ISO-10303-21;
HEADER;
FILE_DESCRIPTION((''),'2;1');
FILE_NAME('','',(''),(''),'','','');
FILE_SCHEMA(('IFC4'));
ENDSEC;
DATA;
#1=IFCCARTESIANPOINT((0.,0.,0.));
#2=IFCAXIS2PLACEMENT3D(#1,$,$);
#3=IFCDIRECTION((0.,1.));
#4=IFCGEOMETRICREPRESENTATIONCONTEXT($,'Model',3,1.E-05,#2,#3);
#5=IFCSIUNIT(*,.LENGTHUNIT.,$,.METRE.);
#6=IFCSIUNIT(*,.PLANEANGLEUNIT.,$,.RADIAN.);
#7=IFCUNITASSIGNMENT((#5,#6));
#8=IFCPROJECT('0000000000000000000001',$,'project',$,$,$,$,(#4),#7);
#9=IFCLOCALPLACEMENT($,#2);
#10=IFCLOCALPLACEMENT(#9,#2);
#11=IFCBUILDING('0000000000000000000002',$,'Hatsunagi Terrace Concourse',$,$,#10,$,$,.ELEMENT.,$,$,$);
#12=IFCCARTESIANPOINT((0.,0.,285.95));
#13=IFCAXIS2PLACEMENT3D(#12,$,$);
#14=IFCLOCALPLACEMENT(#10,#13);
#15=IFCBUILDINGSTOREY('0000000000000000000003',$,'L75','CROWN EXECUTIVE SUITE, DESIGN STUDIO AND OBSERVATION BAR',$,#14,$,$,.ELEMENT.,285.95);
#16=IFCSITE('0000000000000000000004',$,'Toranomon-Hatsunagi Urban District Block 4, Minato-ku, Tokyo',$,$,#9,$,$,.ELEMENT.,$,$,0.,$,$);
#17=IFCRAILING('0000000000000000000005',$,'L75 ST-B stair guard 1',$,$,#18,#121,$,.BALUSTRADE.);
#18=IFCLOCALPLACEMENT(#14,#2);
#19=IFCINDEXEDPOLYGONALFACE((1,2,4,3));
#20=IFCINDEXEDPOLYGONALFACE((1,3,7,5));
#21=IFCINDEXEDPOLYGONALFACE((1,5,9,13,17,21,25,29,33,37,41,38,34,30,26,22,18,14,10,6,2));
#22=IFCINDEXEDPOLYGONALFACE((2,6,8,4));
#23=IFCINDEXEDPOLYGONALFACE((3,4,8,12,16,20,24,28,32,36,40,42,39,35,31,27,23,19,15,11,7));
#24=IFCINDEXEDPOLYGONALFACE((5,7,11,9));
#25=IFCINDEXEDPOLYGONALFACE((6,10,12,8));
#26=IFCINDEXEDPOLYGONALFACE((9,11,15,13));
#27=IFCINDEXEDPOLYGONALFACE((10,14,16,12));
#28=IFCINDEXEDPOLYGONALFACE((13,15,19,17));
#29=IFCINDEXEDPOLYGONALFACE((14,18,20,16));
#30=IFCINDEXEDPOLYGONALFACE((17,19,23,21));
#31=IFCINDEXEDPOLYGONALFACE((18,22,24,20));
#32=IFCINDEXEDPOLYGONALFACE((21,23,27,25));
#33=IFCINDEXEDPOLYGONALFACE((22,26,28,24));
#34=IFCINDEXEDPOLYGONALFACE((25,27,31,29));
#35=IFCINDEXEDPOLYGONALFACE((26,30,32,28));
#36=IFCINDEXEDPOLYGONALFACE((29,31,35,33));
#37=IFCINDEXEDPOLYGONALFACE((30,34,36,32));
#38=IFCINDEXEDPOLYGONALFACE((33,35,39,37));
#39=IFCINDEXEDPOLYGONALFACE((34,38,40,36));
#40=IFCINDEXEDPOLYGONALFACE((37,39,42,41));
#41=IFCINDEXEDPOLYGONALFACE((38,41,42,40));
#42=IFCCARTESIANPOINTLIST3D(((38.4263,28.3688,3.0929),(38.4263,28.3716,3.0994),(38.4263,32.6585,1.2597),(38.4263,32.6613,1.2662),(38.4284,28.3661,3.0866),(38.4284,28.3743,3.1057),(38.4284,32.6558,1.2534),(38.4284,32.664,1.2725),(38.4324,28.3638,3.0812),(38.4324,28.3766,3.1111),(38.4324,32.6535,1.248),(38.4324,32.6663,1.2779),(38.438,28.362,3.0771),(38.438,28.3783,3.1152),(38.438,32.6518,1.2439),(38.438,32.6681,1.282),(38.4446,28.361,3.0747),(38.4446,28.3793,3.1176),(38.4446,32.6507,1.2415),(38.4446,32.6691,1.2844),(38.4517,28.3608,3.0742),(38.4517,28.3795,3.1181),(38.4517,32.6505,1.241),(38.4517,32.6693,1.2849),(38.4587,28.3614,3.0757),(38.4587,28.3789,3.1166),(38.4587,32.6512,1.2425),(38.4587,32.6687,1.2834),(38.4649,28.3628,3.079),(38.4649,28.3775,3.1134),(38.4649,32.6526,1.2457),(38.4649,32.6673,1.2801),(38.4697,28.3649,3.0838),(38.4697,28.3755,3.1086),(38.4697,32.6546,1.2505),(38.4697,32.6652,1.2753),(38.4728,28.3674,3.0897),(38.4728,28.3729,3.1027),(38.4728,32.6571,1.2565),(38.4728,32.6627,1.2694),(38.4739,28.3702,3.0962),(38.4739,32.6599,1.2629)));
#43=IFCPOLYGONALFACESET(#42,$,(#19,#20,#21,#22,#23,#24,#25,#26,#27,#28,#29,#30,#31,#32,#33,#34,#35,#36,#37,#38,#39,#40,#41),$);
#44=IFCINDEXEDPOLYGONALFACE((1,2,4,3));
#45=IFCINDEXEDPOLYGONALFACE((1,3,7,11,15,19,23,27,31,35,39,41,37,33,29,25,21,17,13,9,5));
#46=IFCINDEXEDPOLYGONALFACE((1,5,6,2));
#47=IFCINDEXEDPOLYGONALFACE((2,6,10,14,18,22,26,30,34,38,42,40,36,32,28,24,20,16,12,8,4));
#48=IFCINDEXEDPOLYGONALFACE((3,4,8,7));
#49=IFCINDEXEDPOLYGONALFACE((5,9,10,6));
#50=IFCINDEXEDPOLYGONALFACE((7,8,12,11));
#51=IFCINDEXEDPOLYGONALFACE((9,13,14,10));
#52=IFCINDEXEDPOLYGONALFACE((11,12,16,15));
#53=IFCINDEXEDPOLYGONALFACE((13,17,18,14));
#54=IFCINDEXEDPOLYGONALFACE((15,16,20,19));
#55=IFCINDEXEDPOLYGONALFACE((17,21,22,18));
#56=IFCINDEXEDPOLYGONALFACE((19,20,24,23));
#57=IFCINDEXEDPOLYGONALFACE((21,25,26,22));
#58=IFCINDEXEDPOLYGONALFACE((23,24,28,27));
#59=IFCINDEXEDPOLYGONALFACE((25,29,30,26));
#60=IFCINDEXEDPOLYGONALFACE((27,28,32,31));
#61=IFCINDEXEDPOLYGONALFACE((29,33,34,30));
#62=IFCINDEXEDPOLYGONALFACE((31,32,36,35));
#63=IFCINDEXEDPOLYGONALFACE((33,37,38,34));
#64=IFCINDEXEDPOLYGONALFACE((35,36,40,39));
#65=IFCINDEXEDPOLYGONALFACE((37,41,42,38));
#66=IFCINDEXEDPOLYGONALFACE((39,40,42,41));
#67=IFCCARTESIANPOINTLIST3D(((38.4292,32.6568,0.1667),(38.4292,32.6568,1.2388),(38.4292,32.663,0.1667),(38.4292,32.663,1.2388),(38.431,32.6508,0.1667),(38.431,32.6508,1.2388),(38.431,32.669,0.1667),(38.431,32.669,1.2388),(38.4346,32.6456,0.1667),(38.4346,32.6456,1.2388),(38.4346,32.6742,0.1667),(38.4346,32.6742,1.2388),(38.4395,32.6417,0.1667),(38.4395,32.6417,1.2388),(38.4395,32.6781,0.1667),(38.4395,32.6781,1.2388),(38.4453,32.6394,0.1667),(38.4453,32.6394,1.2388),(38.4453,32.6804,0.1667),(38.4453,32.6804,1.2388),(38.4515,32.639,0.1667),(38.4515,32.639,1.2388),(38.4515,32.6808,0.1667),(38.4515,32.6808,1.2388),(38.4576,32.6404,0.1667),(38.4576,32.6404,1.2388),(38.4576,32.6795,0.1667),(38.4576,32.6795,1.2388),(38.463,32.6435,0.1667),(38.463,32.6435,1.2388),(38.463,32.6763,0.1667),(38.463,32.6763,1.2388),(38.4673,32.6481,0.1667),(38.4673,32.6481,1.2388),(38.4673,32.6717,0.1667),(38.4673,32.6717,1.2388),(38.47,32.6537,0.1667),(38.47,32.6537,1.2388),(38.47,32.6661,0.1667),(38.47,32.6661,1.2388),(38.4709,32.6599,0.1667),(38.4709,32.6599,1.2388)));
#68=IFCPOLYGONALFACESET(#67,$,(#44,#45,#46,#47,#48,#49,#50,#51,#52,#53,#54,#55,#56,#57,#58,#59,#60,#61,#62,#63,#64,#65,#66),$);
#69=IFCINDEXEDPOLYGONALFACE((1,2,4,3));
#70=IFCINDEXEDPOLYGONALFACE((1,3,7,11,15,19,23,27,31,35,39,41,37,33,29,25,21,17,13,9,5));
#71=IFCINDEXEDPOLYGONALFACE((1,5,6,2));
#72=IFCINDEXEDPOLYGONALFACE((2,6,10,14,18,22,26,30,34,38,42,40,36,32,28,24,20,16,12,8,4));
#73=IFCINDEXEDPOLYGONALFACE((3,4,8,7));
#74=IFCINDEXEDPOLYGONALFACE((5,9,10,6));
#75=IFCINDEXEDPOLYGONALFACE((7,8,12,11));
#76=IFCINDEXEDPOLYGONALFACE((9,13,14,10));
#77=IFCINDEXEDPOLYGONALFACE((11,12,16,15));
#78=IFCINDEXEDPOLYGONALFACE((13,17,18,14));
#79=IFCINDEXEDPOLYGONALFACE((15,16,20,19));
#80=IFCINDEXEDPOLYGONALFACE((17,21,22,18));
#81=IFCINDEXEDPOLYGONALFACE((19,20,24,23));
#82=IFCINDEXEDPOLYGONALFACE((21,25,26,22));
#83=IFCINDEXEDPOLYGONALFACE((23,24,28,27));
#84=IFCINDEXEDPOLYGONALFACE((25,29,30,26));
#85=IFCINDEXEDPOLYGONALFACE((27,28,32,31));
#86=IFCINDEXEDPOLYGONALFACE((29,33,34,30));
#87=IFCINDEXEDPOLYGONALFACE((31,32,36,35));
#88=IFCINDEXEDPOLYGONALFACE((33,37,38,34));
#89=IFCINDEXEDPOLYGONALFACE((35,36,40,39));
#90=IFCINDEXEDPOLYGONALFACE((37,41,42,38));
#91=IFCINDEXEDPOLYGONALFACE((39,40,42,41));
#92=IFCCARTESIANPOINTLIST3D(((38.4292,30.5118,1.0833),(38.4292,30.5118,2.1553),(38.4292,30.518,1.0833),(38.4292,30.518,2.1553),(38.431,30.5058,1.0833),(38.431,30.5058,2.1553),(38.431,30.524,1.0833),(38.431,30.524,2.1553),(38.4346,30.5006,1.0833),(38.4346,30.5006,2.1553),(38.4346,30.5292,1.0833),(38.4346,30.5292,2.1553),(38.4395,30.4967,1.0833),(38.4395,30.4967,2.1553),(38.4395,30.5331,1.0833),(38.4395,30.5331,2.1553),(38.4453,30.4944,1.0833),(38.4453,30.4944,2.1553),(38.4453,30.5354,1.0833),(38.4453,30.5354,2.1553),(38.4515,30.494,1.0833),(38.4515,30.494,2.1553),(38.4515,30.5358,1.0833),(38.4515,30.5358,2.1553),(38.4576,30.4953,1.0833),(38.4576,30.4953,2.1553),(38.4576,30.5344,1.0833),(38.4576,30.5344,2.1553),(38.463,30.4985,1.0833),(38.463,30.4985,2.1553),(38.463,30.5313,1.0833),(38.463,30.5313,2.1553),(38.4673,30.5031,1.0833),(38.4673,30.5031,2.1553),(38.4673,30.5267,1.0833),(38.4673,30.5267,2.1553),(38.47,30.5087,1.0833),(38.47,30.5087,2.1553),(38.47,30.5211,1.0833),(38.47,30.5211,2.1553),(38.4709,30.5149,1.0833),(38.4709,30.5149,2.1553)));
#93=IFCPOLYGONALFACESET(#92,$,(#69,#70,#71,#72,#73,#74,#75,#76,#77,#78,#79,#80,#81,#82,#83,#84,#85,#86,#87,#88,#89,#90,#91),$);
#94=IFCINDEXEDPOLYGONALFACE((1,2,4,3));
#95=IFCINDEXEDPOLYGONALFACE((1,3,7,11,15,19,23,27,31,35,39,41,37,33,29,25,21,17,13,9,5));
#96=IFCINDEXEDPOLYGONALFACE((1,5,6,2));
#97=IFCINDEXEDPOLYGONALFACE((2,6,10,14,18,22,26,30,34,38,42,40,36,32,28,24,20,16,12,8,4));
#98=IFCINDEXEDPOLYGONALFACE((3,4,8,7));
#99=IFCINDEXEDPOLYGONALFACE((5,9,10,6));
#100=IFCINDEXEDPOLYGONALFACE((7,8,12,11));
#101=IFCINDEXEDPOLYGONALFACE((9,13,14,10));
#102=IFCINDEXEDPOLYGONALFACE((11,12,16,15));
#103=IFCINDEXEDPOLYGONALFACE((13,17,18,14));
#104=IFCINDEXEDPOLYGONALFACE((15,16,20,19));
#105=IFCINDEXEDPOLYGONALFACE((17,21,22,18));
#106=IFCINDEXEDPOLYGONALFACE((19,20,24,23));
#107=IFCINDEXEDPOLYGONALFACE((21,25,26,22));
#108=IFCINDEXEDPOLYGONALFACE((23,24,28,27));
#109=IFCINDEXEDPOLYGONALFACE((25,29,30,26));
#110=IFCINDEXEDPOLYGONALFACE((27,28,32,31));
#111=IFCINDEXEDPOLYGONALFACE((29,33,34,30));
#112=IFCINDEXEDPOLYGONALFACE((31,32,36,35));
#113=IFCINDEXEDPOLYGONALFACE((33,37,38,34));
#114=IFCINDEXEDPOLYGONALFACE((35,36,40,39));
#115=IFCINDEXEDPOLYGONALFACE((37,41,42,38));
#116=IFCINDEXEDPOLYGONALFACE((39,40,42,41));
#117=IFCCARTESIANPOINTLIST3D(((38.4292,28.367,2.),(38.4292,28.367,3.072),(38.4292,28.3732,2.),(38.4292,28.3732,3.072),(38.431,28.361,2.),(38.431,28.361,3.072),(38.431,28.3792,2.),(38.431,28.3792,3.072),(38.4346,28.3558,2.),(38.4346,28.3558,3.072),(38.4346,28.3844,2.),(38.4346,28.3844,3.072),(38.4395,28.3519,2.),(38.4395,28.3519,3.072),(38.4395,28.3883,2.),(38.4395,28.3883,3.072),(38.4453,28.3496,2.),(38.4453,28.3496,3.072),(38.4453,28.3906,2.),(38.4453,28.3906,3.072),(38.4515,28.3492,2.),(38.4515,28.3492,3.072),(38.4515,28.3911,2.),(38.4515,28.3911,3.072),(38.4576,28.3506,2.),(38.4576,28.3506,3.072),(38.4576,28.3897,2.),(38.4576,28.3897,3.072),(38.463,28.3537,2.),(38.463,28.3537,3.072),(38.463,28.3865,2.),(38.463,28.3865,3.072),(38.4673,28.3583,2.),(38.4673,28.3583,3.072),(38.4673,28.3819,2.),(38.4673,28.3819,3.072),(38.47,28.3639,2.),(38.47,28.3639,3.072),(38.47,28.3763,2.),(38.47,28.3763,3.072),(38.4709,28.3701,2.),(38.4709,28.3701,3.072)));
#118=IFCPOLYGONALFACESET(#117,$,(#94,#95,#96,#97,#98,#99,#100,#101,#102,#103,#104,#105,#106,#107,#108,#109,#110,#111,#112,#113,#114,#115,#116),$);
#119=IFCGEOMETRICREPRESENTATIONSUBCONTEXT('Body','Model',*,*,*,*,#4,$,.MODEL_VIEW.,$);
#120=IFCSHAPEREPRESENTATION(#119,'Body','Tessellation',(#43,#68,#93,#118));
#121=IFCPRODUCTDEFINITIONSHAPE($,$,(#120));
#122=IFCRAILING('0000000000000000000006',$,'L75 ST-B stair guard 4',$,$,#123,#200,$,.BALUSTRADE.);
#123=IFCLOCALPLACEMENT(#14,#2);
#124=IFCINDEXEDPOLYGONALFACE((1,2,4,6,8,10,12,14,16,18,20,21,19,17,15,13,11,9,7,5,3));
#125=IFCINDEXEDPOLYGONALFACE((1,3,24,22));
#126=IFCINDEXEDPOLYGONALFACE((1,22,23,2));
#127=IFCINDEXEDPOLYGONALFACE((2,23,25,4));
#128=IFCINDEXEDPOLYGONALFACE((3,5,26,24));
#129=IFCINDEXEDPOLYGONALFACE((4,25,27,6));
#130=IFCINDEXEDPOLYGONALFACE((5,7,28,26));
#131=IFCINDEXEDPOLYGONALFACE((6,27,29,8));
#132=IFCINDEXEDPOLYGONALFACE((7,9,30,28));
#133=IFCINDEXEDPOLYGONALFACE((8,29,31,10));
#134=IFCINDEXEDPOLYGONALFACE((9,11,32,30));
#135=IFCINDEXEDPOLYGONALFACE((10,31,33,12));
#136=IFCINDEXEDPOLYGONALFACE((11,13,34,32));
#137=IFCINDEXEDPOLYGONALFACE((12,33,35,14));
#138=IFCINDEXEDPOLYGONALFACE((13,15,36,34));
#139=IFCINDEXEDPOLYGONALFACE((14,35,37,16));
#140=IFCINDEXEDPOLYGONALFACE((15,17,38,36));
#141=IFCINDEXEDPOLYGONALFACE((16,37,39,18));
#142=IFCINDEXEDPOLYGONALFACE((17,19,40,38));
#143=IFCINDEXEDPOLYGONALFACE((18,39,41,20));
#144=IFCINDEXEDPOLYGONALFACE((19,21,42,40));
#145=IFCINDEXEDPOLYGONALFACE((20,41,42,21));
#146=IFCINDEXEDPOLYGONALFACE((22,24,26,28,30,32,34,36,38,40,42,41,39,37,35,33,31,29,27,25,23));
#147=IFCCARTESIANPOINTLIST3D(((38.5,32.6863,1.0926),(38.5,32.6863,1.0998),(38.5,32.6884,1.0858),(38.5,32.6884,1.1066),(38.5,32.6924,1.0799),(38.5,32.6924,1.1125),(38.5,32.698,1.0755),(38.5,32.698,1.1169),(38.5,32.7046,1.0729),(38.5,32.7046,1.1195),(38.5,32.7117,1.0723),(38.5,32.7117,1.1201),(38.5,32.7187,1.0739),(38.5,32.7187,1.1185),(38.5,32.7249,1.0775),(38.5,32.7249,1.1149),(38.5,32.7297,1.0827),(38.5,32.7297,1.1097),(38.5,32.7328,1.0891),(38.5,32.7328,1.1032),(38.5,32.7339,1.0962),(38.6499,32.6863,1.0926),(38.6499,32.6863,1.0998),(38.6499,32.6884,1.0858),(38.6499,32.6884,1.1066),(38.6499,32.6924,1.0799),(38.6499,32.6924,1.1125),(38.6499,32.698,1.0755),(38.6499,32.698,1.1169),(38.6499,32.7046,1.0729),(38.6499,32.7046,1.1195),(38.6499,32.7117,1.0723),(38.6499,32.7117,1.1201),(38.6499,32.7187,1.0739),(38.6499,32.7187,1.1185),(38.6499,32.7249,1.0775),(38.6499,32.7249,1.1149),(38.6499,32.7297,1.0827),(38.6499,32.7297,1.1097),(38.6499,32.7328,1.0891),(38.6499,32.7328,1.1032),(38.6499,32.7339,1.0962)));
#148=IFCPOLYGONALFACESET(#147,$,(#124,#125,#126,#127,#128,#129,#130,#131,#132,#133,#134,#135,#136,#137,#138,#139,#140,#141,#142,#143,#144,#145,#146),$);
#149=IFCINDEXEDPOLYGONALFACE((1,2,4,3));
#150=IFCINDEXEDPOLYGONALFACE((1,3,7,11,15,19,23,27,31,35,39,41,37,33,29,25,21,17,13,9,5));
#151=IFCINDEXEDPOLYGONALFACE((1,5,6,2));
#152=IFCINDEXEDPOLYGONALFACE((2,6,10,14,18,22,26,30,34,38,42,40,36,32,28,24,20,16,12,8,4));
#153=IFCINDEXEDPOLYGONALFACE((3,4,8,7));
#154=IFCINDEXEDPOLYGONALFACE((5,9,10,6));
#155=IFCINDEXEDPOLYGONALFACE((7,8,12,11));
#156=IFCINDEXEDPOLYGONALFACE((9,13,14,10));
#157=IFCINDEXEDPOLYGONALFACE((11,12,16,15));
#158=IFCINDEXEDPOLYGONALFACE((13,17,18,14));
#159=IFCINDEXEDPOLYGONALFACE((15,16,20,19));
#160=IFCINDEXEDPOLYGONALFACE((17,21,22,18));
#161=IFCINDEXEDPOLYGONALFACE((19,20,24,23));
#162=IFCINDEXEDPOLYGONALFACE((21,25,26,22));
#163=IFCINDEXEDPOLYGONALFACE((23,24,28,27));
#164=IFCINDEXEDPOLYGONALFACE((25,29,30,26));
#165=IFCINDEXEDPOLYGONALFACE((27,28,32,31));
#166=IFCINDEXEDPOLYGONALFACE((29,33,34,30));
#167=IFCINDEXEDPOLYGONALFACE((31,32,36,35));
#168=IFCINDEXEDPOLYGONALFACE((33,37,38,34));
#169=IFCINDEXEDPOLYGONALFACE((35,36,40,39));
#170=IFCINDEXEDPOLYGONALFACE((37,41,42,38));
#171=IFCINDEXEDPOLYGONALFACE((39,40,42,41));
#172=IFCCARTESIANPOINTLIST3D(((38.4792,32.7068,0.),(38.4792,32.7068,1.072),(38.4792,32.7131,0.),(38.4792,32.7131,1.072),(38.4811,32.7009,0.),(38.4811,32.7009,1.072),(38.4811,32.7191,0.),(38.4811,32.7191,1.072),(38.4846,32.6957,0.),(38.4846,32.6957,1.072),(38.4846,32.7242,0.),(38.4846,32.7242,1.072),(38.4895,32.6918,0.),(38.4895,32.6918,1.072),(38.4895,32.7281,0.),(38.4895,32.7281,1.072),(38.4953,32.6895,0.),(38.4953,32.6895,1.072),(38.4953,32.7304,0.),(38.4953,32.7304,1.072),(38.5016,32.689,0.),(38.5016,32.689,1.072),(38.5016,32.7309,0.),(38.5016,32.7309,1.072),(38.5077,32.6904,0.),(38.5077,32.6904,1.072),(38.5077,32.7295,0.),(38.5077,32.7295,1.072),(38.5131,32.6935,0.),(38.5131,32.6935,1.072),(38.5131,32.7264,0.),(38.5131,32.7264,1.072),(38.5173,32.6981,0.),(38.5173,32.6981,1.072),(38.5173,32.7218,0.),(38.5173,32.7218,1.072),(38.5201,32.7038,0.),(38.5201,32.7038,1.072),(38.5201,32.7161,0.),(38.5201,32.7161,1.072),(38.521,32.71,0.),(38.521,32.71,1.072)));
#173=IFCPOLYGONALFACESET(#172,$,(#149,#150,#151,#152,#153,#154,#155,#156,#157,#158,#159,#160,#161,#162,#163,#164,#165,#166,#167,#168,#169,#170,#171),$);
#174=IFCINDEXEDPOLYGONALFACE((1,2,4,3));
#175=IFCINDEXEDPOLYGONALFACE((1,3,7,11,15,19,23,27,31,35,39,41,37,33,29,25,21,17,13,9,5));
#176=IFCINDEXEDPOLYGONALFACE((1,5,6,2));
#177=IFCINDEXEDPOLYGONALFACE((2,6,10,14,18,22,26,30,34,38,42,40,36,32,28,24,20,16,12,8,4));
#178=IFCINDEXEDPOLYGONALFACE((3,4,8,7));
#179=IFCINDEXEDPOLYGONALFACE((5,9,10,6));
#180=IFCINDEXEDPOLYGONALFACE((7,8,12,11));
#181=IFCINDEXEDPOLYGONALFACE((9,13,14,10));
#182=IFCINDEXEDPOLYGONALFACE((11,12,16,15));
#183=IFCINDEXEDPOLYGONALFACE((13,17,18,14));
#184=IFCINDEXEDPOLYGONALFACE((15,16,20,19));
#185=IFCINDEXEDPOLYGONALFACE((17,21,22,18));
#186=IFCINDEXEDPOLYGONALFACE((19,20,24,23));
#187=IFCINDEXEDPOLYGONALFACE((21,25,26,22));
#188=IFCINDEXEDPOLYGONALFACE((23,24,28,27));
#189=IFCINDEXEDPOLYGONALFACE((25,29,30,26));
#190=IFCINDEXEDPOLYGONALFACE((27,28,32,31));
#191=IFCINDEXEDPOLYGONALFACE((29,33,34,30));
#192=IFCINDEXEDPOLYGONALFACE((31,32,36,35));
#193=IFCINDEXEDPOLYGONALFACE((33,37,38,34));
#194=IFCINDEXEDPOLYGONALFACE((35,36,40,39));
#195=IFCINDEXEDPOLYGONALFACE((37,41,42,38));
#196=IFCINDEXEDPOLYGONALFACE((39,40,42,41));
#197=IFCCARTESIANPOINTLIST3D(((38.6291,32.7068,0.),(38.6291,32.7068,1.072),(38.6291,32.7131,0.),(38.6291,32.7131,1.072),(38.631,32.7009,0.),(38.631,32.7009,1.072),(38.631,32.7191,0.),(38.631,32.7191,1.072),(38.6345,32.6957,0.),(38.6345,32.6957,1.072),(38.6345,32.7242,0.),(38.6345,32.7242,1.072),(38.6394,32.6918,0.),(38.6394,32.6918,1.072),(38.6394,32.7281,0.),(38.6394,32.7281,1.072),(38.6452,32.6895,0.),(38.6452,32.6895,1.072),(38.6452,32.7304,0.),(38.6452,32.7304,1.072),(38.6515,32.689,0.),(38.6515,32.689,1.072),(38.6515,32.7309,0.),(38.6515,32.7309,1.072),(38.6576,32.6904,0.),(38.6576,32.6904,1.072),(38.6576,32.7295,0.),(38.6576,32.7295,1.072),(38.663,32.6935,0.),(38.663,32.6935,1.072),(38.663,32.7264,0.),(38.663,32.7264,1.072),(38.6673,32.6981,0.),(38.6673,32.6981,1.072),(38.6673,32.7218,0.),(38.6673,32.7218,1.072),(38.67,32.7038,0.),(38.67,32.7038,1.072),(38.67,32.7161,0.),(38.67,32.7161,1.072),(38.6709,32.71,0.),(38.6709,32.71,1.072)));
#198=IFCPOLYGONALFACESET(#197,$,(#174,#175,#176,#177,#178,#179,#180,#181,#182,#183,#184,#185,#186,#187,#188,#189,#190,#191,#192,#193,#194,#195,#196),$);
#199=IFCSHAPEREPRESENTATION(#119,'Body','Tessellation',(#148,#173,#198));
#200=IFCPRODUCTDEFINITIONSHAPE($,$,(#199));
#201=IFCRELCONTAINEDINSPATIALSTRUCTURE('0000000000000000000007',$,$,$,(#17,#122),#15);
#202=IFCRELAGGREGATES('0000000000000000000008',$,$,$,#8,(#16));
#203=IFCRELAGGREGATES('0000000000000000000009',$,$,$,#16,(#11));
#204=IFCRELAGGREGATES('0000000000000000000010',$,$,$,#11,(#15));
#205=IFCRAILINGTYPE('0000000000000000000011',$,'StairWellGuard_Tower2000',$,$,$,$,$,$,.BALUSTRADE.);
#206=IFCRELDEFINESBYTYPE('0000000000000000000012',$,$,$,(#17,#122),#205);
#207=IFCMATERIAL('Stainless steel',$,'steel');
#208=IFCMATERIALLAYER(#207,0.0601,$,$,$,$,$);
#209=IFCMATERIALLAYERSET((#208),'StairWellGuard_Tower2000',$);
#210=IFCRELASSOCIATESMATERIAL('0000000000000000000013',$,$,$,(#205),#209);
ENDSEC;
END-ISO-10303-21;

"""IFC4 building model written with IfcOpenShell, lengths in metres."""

from ifc_helpers import new_model, si_unit, direction, frame, origin, origin_2d, place, context, subcontext, project, spatial, circle, extrude, material, layer, layer_set, type_object, element, save


model = new_model("IFC4")

# Units and contexts
model_context = context("Model", 3, precision=1e-05, world=origin(), true_north=direction((0.0, 1.0)))
body_context = subcontext(model_context, "Body", "Model", "MODEL_VIEW")
ifc_project = project(units=[si_unit("LENGTHUNIT", "METRE"), si_unit("PLANEANGLEUNIT", "RADIAN")], contexts=[model_context])

# Site, building, storey
site_placement = place(None, origin())
site = spatial("IfcSite", under=ifc_project, at=site_placement, Name="Toranomon-Hatsunagi Urban District Block 4, Minato-ku, Tokyo", CompositionType="ELEMENT", RefElevation=0.0)
building_placement = place(site_placement, origin())
building = spatial("IfcBuilding", under=site, at=building_placement, Name="Hatsunagi Terrace Concourse", CompositionType="ELEMENT")
storey_placement = place(building_placement, frame((0.0, 0.0, 285.95)))
storey = spatial("IfcBuildingStorey", under=building, at=storey_placement, Name="L75", Description="CROWN EXECUTIVE SUITE, DESIGN STUDIO AND OBSERVATION BAR", CompositionType="ELEMENT", Elevation=285.95)

# Railings
ifc_material_1 = material(Name="Stainless steel", Category="steel")
ifc_layer_1 = layer(ifc_material_1, 0.0601)
ifc_layer_set_1 = layer_set([ifc_layer_1], Name="StairWellGuard_Tower2000")
railing_type_1 = type_object("IfcRailingType", Name="StairWellGuard_Tower2000", PredefinedType="BALUSTRADE", material=ifc_layer_set_1)
railing_1_placement = place(storey_placement, frame((38.45, 32.6599, 0.1667)))
element("IfcRailing", 1, at=railing_1_placement, inside=storey, type_object=railing_type_1, Name="L75 ST-B stair guard 1", PredefinedType="BALUSTRADE", context=body_context, shape_type="SweptSolid", body=[
    extrude(circle(Radius=0.0239, at=origin_2d()), frame((0.0, 0.0, 1.0962), z_axis=(0.0, -0.919551, 0.392972), x_axis=(1.0, 0.0, 0.0)), (0.0, 0.0, 1.0), 4.665),
    extrude(circle(Radius=0.021, at=origin_2d()), origin(), (0.0, 0.0, 1.0), 1.072),
    extrude(circle(Radius=0.021, at=origin_2d()), frame((0.0, -2.145, 0.9165)), (0.0, 0.0, 1.0), 1.072),
    extrude(circle(Radius=0.021, at=origin_2d()), frame((0.0, -4.2898, 1.8333)), (0.0, 0.0, 1.0), 1.072),
])
railing_2_placement = place(storey_placement, frame((38.5, 32.71, 0.0)))
element("IfcRailing", 2, at=railing_2_placement, inside=storey, type_object=railing_type_1, Name="L75 ST-B stair guard 4", PredefinedType="BALUSTRADE", context=body_context, shape_type="SweptSolid", body=[
    extrude(circle(Radius=0.0239, at=origin_2d()), frame((0.0, 0.0, 1.0962), z_axis=(1.0, 0.0, 0.0), x_axis=(0.0, 1.0, 0.0)), (0.0, 0.0, 1.0), 0.1499),
    extrude(circle(Radius=0.021, at=origin_2d()), origin(), (0.0, 0.0, 1.0), 1.072),
    extrude(circle(Radius=0.021, at=origin_2d()), frame((0.1499, 0.0, 0.0)), (0.0, 0.0, 1.0), 1.072),
])

save(model, "model.ifc")
